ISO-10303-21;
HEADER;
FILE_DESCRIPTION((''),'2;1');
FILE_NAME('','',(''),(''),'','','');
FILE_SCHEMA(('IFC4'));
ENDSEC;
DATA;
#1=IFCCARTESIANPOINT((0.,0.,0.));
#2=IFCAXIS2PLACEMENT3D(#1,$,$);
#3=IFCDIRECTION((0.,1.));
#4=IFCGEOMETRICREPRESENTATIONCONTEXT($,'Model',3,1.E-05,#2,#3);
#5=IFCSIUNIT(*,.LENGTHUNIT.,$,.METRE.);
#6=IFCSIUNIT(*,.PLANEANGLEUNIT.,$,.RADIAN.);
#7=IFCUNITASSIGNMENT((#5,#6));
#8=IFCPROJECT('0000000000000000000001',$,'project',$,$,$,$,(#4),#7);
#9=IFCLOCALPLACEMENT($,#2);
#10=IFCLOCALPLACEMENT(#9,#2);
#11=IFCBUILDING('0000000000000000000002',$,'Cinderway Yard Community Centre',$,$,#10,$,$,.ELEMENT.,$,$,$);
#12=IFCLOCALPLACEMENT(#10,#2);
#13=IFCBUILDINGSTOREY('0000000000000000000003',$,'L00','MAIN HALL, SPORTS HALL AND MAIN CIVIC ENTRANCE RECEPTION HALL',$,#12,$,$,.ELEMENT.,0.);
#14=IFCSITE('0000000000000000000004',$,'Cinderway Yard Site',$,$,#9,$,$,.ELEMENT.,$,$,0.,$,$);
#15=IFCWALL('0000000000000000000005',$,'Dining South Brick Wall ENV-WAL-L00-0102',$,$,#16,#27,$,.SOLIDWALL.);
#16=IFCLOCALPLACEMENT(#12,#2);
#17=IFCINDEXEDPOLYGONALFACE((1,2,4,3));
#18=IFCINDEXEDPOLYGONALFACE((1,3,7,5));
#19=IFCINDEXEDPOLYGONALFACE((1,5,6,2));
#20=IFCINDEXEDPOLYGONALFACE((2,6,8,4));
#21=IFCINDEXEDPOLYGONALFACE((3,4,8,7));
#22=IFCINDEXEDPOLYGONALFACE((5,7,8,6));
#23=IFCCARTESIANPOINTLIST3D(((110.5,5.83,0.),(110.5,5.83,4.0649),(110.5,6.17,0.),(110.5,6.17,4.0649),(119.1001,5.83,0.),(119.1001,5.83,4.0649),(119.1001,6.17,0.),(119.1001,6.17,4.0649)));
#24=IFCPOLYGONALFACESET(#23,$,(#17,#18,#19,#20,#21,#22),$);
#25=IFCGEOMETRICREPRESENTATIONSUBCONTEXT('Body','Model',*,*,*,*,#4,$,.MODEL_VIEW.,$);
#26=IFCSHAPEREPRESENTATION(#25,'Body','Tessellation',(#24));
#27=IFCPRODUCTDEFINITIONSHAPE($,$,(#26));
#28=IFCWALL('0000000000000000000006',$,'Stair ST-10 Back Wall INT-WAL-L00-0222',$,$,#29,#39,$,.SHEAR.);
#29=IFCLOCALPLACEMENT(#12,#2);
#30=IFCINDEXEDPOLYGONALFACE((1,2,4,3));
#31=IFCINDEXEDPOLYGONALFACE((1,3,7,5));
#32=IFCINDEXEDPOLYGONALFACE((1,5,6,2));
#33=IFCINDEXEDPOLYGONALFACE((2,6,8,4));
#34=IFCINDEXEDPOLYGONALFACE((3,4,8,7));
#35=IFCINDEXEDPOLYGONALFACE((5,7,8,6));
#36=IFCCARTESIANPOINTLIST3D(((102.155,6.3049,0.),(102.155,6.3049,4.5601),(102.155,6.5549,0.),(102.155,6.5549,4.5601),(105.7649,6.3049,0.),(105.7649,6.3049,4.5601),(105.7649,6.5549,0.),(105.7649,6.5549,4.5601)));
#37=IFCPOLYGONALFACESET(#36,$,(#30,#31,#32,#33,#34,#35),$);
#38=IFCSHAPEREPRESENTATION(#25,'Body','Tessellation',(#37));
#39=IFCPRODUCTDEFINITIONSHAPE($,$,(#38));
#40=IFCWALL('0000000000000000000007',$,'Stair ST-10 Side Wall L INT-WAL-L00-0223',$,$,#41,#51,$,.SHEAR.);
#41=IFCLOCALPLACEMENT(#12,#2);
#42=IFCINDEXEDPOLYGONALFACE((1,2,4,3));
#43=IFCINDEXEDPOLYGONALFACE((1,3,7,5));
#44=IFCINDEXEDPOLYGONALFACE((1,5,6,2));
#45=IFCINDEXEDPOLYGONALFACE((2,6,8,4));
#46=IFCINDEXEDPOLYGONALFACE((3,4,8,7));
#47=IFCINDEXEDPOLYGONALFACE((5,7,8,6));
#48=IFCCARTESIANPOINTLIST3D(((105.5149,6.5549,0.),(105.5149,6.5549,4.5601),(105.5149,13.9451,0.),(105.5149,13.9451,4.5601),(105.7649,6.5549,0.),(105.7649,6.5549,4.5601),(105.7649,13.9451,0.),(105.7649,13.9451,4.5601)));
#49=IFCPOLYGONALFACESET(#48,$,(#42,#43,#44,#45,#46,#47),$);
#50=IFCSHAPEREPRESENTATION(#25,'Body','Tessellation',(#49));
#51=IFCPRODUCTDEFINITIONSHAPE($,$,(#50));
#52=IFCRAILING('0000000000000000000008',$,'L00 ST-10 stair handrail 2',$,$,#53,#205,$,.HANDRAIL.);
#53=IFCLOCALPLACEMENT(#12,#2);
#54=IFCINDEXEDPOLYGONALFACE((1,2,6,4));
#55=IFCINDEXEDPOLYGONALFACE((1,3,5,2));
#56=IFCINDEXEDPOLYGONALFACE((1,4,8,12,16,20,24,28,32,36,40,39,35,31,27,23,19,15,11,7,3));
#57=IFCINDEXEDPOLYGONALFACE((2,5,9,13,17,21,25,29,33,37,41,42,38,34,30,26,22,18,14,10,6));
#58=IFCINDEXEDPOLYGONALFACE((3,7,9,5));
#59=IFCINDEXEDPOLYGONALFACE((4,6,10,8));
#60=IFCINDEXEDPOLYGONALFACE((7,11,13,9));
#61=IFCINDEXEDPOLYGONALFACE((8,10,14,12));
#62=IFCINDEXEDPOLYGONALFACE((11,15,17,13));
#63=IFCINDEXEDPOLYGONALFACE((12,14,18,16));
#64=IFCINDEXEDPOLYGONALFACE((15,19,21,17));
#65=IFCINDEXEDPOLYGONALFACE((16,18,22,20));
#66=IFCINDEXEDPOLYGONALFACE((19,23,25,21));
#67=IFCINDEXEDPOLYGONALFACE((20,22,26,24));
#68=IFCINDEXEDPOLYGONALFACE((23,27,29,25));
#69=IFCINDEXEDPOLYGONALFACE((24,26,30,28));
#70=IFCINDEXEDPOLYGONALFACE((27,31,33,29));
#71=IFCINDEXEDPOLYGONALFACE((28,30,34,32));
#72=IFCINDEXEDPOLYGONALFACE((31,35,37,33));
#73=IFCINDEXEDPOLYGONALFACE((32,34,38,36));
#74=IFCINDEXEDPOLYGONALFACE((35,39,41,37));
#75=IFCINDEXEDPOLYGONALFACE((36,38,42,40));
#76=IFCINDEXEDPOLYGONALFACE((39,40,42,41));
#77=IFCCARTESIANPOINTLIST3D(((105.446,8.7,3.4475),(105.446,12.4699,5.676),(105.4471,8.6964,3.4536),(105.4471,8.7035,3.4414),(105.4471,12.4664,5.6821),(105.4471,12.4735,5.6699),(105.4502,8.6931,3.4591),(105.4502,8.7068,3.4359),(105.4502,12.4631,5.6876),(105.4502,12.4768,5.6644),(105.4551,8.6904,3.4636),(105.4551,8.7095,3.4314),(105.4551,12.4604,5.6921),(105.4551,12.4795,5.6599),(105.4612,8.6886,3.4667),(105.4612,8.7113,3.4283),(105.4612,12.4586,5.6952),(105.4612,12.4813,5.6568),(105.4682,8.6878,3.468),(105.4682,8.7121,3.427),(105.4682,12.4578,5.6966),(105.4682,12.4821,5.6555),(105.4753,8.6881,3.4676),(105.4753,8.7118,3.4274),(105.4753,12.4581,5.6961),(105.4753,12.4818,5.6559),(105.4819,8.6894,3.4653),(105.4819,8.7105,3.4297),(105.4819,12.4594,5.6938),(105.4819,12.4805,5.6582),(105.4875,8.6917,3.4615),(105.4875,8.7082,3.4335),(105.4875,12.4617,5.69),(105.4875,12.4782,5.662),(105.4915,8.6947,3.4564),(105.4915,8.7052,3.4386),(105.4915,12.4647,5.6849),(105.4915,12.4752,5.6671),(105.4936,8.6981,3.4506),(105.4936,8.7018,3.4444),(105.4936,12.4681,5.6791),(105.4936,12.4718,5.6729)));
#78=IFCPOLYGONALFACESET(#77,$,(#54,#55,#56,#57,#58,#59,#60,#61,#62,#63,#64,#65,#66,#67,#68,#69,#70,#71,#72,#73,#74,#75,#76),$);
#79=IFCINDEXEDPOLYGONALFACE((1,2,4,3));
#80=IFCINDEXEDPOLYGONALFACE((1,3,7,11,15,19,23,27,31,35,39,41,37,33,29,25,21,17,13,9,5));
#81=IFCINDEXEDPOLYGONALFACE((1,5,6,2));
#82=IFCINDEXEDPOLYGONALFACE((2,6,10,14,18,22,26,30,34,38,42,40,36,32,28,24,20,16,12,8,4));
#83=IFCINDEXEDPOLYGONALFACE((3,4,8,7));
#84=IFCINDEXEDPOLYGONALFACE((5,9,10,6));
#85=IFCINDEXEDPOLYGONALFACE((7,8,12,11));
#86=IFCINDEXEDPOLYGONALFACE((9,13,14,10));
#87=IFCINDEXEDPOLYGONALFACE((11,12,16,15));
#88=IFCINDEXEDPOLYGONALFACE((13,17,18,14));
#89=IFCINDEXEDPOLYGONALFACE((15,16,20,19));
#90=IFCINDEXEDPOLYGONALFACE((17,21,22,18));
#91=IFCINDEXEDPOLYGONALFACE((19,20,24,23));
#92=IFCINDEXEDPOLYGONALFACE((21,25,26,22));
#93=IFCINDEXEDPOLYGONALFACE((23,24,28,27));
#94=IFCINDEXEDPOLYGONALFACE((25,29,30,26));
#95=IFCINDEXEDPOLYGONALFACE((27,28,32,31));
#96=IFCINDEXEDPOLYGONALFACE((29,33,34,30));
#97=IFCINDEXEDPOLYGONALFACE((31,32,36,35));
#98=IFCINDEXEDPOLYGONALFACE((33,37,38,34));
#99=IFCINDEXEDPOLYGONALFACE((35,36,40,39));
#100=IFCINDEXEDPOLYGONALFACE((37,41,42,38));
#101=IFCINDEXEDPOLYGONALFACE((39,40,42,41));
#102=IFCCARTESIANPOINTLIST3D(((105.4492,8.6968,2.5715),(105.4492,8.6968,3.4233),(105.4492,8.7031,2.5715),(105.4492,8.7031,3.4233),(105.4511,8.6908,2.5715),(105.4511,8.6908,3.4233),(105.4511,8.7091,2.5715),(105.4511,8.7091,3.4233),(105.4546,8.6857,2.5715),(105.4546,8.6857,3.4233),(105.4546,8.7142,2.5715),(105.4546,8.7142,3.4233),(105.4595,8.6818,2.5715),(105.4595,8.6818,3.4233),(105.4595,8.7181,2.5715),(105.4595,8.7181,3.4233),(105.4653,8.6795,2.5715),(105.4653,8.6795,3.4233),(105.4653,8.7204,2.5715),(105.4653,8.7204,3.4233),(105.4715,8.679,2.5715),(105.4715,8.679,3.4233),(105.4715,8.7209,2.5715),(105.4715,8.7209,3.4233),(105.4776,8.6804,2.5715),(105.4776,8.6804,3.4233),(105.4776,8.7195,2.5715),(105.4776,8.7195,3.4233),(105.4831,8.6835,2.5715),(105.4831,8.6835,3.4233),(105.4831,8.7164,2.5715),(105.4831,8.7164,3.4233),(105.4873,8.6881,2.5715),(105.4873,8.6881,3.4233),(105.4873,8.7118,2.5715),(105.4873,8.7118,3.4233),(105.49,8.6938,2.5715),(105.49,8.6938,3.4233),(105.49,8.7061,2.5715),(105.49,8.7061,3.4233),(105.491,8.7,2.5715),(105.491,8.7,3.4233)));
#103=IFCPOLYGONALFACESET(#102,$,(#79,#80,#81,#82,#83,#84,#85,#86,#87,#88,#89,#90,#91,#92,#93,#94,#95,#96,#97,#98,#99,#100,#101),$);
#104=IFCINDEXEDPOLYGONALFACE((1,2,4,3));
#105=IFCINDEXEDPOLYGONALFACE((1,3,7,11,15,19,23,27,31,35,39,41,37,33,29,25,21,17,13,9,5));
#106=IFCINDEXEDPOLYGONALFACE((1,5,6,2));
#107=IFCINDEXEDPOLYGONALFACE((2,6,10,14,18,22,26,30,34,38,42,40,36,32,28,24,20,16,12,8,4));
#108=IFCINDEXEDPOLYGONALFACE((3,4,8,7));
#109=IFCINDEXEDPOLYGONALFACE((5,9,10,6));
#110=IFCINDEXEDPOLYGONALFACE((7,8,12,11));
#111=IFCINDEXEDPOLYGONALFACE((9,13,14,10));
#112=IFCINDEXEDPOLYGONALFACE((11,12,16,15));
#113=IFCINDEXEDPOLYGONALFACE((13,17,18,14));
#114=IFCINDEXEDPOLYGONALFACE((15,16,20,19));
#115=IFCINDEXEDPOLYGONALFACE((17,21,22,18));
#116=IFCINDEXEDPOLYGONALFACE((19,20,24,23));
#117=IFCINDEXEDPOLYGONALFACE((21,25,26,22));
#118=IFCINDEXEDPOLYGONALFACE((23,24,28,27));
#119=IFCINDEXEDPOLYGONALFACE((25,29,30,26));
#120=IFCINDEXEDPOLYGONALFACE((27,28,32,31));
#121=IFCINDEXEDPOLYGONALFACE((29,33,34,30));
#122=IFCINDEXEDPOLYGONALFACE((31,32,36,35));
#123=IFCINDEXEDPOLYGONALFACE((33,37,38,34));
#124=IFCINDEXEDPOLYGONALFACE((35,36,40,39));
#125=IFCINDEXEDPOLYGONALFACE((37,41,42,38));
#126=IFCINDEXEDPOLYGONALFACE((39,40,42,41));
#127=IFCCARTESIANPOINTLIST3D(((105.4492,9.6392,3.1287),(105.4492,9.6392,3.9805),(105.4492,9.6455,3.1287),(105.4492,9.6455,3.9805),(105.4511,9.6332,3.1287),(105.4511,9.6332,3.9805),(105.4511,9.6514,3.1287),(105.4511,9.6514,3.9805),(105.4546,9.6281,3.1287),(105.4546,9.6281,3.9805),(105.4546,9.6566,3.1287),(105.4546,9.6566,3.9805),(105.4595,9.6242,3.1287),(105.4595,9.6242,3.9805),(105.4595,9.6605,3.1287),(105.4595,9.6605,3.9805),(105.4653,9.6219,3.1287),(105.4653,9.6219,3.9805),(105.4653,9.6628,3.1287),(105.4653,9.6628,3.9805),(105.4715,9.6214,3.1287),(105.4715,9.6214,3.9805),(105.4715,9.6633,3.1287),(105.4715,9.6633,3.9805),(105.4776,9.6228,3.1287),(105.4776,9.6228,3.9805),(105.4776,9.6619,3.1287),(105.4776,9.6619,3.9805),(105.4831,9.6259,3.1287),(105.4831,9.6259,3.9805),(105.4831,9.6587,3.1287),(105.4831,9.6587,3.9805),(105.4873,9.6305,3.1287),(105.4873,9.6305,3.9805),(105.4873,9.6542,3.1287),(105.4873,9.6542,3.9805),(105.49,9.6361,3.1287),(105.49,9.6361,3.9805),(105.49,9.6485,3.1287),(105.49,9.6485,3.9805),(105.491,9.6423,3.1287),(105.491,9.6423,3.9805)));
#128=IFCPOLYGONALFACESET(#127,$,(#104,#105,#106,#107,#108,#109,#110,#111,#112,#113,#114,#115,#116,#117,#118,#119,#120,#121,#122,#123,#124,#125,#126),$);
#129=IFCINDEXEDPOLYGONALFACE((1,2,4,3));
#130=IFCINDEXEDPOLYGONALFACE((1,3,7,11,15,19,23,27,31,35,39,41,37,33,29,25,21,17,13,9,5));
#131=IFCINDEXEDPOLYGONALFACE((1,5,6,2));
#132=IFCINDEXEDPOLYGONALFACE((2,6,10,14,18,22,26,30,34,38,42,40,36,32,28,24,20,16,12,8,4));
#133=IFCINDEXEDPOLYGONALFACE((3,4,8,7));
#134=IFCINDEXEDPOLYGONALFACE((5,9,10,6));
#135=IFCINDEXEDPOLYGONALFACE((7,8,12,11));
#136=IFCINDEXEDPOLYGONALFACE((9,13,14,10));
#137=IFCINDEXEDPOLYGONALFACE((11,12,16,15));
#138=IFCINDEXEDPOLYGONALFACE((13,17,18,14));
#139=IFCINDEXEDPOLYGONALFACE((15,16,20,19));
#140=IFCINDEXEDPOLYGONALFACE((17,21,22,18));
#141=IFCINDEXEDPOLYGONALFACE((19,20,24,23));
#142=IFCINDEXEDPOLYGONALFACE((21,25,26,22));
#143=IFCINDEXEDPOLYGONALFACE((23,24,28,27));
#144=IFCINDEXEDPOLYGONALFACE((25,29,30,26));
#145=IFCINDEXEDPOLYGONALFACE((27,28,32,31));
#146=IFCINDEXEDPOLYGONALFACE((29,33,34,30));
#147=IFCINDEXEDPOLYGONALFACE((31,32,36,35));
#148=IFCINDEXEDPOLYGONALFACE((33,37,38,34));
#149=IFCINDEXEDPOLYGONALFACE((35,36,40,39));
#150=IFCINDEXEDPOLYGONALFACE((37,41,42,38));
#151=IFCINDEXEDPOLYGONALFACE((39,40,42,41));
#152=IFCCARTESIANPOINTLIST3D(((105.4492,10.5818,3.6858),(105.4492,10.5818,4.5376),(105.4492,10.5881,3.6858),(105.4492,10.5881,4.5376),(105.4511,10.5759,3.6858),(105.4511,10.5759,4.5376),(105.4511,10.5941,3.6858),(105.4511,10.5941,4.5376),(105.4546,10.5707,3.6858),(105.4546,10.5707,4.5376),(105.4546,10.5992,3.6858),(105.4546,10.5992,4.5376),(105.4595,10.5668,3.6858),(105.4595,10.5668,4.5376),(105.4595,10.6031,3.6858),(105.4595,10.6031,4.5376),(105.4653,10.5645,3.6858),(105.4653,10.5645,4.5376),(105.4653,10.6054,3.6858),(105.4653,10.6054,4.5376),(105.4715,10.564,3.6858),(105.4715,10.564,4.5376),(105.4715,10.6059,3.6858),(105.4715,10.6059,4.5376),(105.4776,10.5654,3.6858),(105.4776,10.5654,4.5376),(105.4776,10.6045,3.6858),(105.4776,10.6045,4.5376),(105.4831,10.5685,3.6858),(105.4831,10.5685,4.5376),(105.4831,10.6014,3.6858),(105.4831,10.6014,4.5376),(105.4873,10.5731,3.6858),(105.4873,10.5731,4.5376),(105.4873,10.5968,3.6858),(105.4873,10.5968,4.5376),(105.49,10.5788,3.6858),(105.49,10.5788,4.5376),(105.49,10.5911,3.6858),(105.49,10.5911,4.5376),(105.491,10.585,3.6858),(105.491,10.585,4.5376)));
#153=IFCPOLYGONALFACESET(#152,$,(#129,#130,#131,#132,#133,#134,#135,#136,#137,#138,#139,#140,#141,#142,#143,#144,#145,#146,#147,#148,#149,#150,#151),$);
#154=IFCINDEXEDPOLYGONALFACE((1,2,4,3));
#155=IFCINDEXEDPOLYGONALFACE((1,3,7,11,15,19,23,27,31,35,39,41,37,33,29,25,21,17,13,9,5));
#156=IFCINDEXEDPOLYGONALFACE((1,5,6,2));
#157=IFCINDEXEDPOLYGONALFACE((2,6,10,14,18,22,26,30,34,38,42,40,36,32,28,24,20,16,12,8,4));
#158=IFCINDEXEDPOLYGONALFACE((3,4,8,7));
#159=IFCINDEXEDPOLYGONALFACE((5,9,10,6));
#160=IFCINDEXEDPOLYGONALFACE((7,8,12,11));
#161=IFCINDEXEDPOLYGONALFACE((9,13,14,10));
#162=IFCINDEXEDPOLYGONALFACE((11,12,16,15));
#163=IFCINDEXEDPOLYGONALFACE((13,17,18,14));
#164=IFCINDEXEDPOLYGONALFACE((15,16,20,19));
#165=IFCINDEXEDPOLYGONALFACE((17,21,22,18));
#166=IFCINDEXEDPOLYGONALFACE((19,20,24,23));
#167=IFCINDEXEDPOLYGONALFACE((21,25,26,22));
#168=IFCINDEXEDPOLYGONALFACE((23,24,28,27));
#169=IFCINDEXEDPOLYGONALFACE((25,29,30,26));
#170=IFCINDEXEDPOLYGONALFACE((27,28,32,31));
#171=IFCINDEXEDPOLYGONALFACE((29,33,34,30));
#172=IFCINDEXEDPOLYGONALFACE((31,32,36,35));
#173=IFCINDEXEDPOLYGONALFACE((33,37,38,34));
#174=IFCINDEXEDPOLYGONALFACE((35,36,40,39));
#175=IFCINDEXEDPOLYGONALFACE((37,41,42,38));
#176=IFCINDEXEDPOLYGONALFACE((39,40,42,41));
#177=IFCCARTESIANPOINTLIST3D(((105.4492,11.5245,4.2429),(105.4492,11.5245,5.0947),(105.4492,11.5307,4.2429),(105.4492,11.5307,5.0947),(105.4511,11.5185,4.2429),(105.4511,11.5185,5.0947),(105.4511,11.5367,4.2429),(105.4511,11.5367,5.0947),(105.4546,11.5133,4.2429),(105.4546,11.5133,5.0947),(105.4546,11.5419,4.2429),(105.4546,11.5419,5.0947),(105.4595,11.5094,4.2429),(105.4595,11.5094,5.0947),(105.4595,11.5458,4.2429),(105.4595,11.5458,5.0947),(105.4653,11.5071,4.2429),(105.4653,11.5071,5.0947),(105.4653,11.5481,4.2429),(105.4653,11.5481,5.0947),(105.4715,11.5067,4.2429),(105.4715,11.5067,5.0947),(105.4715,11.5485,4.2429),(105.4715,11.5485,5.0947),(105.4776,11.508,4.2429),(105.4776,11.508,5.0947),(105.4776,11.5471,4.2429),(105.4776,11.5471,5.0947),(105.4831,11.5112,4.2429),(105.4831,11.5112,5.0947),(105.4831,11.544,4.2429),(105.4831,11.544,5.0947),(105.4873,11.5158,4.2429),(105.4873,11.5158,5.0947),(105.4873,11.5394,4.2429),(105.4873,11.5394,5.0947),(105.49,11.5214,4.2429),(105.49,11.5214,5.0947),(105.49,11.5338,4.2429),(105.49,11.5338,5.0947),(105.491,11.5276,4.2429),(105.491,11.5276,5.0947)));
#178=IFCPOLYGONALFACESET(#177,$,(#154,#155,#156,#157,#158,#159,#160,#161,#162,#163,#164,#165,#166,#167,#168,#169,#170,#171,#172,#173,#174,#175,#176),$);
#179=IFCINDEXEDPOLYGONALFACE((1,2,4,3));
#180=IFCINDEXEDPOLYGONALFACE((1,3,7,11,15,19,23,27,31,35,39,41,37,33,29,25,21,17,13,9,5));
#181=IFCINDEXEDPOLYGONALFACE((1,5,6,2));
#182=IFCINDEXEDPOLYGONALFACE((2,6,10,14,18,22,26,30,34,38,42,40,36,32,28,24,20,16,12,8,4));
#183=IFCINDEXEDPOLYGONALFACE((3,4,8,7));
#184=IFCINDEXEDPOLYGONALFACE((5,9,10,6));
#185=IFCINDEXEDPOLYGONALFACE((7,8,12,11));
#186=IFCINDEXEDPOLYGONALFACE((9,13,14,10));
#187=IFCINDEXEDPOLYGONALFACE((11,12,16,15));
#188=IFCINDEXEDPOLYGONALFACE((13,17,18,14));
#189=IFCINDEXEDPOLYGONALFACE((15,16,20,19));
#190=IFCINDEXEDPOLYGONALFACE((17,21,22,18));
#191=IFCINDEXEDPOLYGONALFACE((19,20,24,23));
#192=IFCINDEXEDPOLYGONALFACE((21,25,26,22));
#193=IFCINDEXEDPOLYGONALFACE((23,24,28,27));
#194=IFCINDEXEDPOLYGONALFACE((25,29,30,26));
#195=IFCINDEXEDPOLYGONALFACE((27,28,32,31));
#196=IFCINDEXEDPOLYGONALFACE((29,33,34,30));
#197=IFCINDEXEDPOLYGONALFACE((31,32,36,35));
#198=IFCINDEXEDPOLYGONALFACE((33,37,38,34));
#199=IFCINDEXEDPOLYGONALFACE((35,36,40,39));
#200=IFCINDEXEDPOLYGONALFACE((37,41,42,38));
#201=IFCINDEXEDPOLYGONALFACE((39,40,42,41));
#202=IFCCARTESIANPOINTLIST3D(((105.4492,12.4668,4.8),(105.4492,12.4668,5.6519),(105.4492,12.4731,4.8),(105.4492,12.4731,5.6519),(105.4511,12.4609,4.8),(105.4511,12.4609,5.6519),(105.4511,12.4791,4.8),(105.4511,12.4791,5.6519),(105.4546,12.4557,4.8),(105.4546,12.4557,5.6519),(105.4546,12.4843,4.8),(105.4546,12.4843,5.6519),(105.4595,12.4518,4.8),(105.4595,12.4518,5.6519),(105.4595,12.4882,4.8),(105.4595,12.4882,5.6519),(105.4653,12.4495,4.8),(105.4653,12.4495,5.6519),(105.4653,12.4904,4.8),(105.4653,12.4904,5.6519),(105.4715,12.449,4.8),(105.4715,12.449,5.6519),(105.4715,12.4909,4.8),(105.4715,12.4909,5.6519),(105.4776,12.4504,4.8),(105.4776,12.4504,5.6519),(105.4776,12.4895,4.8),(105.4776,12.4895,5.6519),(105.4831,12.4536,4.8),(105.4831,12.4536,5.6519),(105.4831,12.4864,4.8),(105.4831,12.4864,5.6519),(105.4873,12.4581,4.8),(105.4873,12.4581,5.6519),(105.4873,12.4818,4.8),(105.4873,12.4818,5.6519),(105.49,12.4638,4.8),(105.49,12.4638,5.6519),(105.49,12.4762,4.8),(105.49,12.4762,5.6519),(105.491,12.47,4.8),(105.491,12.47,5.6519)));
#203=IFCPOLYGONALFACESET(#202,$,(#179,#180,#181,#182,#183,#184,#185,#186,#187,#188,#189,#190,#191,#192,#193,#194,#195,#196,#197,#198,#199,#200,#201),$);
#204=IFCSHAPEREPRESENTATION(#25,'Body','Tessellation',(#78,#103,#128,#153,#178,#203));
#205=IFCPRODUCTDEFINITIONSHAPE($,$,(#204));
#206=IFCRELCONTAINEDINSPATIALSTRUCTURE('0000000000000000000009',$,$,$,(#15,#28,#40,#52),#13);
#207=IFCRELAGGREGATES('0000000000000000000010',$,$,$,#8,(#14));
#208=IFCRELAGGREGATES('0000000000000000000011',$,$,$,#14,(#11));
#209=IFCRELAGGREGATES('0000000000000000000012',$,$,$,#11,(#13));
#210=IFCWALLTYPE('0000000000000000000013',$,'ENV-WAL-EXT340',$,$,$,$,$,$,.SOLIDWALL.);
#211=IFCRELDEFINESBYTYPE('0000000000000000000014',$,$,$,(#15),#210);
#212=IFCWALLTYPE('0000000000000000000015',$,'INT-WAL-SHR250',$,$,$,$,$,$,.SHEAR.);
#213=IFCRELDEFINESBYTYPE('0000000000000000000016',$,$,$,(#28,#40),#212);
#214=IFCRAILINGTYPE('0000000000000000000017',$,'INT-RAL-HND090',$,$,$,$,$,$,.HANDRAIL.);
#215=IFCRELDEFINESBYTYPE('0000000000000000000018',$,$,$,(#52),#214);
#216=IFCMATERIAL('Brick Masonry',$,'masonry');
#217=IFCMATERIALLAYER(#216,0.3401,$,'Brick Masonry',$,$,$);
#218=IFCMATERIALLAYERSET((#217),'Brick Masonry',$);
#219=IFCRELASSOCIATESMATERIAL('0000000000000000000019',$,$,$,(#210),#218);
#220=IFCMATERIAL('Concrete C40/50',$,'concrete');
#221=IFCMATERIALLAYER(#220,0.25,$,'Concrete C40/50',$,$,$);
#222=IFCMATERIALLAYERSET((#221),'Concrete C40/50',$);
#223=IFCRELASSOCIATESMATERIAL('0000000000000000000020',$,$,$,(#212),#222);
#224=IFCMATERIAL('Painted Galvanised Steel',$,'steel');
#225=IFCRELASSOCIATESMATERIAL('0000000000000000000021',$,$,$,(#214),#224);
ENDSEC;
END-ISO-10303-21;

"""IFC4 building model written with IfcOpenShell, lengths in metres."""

from ifc_helpers import new_model, si_unit, direction, frame, frame_2d, origin, origin_2d, place, context, subcontext, project, spatial, rectangle, circle, extrude, material, layer, layer_set, type_object, element, save


model = new_model("IFC4")

# Units and contexts
model_context = context("Model", 3, precision=1e-05, world=origin(), true_north=direction((0.0, 1.0)))
body_context = subcontext(model_context, "Body", "Model", "MODEL_VIEW")
ifc_project = project(units=[si_unit("LENGTHUNIT", "METRE"), si_unit("PLANEANGLEUNIT", "RADIAN")], contexts=[model_context])

# Site, building, storey
site_placement = place(None, origin())
site = spatial("IfcSite", under=ifc_project, at=site_placement, Name="Cinderway Yard Site", CompositionType="ELEMENT", RefElevation=0.0)
building_placement = place(site_placement, origin())
building = spatial("IfcBuilding", under=site, at=building_placement, Name="Cinderway Yard Community Centre", CompositionType="ELEMENT")
storey_placement = place(building_placement, origin())
storey = spatial("IfcBuildingStorey", under=building, at=storey_placement, Name="L00", Description="MAIN HALL, SPORTS HALL AND MAIN CIVIC ENTRANCE RECEPTION HALL", CompositionType="ELEMENT", Elevation=0.0)

# Shared definitions
ifc_material_1 = material(Name="Concrete C40/50", Category="concrete")

# Shared definitions
ifc_material_2 = material(Name="Brick Masonry", Category="masonry")

# Walls
ifc_layer_1 = layer(ifc_material_2, 0.3401, Name="Brick Masonry")
ifc_layer_set_1 = layer_set([ifc_layer_1], Name="Brick Masonry")
wall_type_1 = type_object("IfcWallType", Name="ENV-WAL-EXT340", PredefinedType="SOLIDWALL", material=ifc_layer_set_1)
wall_1_placement = place(storey_placement, frame((110.5, 6.0, 0.0), z_axis=(0.0, 0.0, 1.0), x_axis=(1.0, 0.0, 0.0)))
element("IfcWall", 1, at=wall_1_placement, inside=storey, type_object=wall_type_1, Name="Dining South Brick Wall ENV-WAL-L00-0102", PredefinedType="SOLIDWALL", context=body_context, shape_type="SweptSolid", body=[
    extrude(rectangle(XDim=8.6001, YDim=0.3401, at=frame_2d((4.3, 0.0))), origin(), (0.0, 0.0, 1.0), 4.0649),
])
ifc_layer_2 = layer(ifc_material_1, 0.25, Name="Concrete C40/50")
ifc_layer_set_2 = layer_set([ifc_layer_2], Name="Concrete C40/50")
wall_type_2 = type_object("IfcWallType", Name="INT-WAL-SHR250", PredefinedType="SHEAR", material=ifc_layer_set_2)
wall_2_placement = place(storey_placement, frame((105.7649, 6.4299, 0.0), z_axis=(0.0, 0.0, 1.0), x_axis=(-1.0, 0.0, 0.0)))
element("IfcWall", 2, at=wall_2_placement, inside=storey, type_object=wall_type_2, Name="Stair ST-10 Back Wall INT-WAL-L00-0222", PredefinedType="SHEAR", context=body_context, shape_type="SweptSolid", body=[
    extrude(rectangle(XDim=3.6099, YDim=0.25, at=frame_2d((1.8049, 0.0))), origin(), (0.0, 0.0, 1.0), 4.5601),
])
wall_3_placement = place(storey_placement, frame((105.6399, 13.9451, 0.0), z_axis=(0.0, 0.0, 1.0), x_axis=(0.0, -1.0, 0.0)))
element("IfcWall", 3, at=wall_3_placement, inside=storey, type_object=wall_type_2, Name="Stair ST-10 Side Wall L INT-WAL-L00-0223", PredefinedType="SHEAR", context=body_context, shape_type="SweptSolid", body=[
    extrude(rectangle(XDim=7.3901, YDim=0.25, at=frame_2d((3.6951, 0.0))), origin(), (0.0, 0.0, 1.0), 4.5601),
])

# Railing
ifc_material_3 = material(Name="Painted Galvanised Steel", Category="steel")
railing_type = type_object("IfcRailingType", Name="INT-RAL-HND090", PredefinedType="HANDRAIL", material=ifc_material_3)
railing_placement = place(storey_placement, frame((105.47, 8.7, 2.5715)))
element("IfcRailing", 4, at=railing_placement, inside=storey, type_object=railing_type, Name="L00 ST-10 stair handrail 2", PredefinedType="HANDRAIL", context=body_context, shape_type="SweptSolid", body=[
    extrude(circle(Radius=0.0239, at=origin_2d()), frame((0.0, 0.0, 0.876), z_axis=(0.0, 0.860849, 0.508861), x_axis=(-1.0, 0.0, 0.0)), (0.0, 0.0, 1.0), 4.3794),
    extrude(circle(Radius=0.021, at=origin_2d()), origin(), (0.0, 0.0, 1.0), 0.8518),
    extrude(circle(Radius=0.021, at=origin_2d()), frame((0.0, 0.9424, 0.5571)), (0.0, 0.0, 1.0), 0.8518),
    extrude(circle(Radius=0.021, at=origin_2d()), frame((0.0, 1.885, 1.1143)), (0.0, 0.0, 1.0), 0.8518),
    extrude(circle(Radius=0.021, at=origin_2d()), frame((0.0, 2.8276, 1.6714)), (0.0, 0.0, 1.0), 0.8518),
    extrude(circle(Radius=0.021, at=origin_2d()), frame((0.0, 3.77, 2.2285)), (0.0, 0.0, 1.0), 0.8518),
])

save(model, "model.ifc")
